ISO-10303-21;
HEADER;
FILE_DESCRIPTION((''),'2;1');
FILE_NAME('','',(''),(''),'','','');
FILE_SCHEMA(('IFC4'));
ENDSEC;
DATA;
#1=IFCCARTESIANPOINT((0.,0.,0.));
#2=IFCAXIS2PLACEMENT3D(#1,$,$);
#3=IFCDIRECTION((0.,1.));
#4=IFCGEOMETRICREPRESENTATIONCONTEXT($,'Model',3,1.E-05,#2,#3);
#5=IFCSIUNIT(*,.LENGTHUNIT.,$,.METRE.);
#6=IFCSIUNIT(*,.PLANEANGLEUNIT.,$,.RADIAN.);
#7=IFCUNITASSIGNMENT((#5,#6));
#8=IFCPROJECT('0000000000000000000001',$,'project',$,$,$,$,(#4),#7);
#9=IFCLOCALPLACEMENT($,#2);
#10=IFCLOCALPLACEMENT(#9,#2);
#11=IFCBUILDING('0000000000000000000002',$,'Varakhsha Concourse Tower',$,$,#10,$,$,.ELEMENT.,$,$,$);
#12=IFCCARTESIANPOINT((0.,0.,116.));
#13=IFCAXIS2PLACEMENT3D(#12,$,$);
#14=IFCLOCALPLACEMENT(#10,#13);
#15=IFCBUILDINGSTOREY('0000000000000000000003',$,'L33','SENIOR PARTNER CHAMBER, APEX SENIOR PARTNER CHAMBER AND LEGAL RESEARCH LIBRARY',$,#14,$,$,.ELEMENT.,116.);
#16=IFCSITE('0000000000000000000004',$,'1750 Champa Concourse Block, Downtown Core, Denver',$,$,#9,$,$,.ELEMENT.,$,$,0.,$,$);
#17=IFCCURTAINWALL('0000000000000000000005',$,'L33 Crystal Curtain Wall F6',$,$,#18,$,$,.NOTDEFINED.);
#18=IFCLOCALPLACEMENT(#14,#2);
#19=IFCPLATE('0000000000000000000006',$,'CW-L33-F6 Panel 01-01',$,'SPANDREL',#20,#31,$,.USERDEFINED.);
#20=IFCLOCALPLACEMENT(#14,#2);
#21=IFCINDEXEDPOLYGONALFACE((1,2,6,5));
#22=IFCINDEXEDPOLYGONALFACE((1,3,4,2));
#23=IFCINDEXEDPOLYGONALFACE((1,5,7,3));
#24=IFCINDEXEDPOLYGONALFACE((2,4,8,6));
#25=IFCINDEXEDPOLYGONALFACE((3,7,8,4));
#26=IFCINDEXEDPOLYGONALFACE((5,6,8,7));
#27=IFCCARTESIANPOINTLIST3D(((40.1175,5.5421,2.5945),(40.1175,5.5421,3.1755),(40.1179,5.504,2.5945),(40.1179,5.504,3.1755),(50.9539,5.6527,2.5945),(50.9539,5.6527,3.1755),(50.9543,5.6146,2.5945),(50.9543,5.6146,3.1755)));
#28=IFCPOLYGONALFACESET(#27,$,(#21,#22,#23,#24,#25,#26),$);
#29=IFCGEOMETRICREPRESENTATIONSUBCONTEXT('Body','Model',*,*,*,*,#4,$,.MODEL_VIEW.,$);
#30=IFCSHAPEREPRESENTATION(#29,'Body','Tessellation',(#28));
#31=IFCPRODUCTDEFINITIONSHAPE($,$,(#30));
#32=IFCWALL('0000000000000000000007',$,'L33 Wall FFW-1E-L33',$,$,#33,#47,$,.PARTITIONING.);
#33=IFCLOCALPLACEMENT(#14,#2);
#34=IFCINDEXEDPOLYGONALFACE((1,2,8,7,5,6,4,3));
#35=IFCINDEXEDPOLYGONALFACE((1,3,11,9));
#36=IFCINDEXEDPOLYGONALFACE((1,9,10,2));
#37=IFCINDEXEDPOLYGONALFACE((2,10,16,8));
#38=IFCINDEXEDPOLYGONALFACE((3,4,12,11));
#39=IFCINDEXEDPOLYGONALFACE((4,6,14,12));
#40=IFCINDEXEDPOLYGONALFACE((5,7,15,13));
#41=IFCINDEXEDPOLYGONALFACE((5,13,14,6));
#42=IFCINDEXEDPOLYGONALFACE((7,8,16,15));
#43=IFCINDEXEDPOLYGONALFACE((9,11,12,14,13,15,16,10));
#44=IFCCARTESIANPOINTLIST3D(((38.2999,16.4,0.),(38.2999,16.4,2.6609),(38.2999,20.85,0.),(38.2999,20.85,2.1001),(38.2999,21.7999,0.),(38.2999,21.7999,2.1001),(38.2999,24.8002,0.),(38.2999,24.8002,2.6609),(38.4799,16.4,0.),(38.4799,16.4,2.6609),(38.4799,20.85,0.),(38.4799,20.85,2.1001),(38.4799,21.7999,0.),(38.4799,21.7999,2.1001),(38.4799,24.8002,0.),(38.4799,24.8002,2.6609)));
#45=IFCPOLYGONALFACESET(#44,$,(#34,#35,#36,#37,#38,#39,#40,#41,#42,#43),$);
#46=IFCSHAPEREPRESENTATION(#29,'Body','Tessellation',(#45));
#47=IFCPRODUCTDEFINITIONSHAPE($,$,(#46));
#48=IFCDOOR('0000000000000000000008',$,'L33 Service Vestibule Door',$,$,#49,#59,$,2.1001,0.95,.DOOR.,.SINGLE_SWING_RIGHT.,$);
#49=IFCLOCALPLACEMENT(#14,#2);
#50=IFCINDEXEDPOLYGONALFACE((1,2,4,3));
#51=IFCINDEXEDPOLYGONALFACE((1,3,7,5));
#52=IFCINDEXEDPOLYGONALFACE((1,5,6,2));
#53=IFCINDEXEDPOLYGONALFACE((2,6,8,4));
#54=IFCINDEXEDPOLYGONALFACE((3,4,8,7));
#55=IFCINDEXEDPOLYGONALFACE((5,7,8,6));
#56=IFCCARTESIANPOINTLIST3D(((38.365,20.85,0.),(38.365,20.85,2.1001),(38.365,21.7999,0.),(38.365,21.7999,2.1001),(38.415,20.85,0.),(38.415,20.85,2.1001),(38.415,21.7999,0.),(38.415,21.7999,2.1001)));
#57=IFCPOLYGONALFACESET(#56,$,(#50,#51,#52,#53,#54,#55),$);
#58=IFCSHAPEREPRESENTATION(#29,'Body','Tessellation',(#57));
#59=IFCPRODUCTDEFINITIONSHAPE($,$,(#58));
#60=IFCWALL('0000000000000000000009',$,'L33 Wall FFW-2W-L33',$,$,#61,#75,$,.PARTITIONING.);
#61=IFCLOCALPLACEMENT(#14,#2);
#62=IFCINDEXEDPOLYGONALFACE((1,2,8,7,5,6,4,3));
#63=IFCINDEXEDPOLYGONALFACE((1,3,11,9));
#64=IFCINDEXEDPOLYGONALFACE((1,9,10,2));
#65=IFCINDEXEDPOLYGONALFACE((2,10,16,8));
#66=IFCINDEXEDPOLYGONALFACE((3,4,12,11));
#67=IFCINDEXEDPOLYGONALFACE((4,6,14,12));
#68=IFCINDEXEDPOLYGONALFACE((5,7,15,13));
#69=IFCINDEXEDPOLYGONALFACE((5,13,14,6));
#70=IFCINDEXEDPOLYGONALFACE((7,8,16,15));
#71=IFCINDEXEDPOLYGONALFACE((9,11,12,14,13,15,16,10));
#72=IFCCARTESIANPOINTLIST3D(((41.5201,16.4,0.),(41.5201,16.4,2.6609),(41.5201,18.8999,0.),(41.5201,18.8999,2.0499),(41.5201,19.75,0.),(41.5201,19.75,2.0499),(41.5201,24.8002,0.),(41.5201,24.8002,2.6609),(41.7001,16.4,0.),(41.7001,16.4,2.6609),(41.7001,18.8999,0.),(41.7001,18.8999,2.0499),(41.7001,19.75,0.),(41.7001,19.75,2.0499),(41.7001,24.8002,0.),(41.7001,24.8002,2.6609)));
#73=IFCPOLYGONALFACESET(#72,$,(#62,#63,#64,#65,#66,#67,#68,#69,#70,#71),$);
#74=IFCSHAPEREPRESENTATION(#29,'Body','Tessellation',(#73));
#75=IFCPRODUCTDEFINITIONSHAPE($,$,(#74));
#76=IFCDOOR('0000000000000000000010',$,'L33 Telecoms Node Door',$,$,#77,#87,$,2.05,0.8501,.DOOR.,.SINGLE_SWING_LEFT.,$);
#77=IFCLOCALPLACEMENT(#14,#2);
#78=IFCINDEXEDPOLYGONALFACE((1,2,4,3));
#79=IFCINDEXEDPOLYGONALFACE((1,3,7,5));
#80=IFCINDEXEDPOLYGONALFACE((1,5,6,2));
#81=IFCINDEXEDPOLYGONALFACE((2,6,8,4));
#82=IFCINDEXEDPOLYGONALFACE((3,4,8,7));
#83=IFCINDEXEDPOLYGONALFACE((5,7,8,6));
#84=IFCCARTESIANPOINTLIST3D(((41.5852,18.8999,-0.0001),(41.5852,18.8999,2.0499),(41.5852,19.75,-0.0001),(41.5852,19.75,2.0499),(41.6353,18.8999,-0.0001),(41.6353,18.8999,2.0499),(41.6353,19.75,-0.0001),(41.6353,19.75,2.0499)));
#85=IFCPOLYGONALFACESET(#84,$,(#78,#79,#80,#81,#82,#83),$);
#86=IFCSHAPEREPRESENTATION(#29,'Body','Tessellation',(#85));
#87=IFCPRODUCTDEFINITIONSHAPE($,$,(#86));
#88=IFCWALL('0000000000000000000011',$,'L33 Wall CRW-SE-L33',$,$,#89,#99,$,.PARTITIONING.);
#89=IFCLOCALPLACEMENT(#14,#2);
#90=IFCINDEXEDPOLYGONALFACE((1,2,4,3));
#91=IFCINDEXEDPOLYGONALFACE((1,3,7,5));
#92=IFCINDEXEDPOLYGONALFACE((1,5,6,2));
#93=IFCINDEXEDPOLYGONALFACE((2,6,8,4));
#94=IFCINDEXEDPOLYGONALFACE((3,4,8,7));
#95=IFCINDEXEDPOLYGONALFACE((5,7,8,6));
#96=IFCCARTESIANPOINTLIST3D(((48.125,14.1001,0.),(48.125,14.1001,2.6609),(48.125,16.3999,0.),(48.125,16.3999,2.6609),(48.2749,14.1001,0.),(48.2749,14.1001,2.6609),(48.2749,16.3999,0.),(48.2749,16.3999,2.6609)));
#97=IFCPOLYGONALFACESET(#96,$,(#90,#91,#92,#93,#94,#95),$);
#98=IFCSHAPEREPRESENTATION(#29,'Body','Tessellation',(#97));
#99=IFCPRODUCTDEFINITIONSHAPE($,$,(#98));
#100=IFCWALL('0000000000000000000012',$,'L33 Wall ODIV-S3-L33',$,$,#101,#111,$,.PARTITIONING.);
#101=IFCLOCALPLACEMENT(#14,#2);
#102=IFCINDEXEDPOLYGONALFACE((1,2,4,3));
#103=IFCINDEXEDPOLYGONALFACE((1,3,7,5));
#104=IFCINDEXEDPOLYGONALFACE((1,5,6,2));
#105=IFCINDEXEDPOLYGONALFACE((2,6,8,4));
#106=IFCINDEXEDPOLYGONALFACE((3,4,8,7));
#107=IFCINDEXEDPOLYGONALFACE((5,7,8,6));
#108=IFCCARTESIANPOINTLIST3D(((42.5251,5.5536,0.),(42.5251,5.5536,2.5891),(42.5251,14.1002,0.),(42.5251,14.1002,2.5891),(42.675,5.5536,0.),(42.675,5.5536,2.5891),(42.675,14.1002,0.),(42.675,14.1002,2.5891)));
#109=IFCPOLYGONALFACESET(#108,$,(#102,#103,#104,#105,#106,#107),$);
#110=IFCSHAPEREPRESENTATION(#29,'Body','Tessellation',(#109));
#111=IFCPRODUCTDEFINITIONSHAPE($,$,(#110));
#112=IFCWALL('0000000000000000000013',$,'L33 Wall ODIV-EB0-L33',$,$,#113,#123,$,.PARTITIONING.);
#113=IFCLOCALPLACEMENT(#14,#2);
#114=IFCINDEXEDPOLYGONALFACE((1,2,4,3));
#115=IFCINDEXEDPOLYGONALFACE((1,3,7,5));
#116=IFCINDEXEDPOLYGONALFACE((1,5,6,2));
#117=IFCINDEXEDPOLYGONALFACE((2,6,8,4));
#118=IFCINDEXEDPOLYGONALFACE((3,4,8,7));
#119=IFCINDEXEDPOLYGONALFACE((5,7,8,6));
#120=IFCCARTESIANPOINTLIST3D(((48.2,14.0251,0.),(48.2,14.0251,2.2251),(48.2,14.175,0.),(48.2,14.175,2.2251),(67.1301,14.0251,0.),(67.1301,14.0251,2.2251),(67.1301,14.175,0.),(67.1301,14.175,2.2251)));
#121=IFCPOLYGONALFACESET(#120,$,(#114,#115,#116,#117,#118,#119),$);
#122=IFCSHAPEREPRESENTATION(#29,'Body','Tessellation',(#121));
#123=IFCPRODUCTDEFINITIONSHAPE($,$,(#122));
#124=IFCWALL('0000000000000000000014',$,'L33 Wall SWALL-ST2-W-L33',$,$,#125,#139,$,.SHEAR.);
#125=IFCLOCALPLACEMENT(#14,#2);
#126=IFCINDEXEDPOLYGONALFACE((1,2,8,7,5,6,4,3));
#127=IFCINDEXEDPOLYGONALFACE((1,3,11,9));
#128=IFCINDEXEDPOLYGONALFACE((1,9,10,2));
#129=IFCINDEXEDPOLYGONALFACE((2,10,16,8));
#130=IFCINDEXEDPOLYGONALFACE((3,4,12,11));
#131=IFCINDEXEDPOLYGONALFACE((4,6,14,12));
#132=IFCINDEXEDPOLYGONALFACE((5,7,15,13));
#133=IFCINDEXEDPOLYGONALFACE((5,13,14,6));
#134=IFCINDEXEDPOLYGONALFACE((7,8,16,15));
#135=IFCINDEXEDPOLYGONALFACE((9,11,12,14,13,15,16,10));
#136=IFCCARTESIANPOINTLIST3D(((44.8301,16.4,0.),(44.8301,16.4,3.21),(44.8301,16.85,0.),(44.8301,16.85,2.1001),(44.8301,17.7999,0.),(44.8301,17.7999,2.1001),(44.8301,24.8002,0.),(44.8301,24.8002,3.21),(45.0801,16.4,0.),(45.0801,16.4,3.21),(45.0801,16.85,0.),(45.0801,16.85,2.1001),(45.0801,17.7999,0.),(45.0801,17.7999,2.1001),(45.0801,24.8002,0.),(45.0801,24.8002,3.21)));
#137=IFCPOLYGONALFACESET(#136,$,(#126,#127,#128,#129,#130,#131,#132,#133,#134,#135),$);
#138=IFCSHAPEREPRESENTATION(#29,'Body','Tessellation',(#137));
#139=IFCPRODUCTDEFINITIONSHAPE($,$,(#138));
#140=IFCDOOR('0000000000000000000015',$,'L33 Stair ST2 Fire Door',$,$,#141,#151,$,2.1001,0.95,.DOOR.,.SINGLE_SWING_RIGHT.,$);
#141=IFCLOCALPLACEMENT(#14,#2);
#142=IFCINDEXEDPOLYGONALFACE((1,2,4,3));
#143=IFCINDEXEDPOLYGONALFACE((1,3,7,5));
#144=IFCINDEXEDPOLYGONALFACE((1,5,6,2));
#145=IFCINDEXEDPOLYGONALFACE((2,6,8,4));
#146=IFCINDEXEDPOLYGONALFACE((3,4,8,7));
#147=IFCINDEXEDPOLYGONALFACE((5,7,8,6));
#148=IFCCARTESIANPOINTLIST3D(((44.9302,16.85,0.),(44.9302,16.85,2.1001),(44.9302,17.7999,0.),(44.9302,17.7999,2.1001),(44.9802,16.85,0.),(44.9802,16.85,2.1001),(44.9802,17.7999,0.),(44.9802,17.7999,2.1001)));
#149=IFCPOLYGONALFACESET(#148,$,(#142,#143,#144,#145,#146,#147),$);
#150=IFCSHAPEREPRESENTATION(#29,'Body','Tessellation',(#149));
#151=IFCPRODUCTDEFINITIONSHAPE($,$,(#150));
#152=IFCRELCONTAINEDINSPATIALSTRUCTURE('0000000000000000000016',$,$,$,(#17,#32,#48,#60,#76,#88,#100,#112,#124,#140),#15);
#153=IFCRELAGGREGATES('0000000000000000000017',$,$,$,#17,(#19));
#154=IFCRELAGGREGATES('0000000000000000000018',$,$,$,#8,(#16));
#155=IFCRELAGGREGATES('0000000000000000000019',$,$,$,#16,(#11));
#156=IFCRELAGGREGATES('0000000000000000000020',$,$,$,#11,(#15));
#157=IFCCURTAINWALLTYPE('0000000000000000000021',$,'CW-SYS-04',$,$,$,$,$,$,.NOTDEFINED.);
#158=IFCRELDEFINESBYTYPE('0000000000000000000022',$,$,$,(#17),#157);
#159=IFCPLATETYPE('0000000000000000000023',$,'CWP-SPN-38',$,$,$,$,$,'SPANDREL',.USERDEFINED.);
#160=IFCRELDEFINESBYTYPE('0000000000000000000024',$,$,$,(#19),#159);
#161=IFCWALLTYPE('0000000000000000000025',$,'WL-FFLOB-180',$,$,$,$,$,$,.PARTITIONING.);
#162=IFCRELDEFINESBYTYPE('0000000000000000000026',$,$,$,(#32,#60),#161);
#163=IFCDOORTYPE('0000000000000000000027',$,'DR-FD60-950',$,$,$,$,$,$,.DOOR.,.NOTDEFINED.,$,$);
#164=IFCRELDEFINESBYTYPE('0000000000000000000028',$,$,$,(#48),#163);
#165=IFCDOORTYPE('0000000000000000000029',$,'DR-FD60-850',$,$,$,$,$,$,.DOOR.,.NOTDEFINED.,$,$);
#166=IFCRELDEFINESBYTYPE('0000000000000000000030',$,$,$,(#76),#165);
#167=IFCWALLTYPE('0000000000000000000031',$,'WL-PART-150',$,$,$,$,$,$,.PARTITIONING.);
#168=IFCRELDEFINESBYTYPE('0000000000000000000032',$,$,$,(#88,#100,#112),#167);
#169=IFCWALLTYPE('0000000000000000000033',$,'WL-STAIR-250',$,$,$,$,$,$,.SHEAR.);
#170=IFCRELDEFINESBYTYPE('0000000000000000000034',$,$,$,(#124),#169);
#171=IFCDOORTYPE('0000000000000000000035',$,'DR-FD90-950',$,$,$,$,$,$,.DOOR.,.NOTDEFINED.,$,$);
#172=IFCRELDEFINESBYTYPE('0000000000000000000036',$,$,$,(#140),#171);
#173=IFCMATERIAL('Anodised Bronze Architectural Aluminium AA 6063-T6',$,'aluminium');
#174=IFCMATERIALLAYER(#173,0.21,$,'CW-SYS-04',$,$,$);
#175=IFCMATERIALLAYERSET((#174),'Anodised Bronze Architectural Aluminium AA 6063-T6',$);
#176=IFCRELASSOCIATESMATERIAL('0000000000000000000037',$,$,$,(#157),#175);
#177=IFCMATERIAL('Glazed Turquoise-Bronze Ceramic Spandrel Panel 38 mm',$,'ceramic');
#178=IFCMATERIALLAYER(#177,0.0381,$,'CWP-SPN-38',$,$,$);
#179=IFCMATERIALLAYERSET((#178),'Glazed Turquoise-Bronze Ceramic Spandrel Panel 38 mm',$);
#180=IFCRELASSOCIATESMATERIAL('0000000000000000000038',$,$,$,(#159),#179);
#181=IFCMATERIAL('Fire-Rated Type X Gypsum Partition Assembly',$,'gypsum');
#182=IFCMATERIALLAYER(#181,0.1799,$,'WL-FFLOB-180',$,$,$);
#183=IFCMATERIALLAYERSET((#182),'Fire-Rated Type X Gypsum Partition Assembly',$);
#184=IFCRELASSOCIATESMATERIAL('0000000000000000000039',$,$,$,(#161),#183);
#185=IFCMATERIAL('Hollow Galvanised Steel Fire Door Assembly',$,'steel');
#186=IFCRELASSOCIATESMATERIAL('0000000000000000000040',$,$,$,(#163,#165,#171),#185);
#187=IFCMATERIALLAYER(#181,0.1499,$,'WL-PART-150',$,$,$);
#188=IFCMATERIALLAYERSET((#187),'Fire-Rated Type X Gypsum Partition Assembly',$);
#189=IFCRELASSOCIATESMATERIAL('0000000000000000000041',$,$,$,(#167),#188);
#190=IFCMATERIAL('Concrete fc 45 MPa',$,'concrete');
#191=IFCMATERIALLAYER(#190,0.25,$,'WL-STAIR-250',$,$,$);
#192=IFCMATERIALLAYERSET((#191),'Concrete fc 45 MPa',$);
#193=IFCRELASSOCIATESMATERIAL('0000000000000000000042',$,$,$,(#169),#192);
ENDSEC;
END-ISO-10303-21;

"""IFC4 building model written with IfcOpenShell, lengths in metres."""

from ifc_helpers import new_model, si_unit, direction, frame, frame_2d, origin, origin_2d, place, context, subcontext, project, spatial, rectangle, extrude, source, transform, mapped, material, layer, layer_set, type_object, type_shapes, element, fill, aggregate, save


model = new_model("IFC4")

# Units and contexts
model_context = context("Model", 3, precision=1e-05, world=origin(), true_north=direction((0.0, 1.0)))
body_context = subcontext(model_context, "Body", "Model", "MODEL_VIEW")
ifc_project = project(units=[si_unit("LENGTHUNIT", "METRE"), si_unit("PLANEANGLEUNIT", "RADIAN")], contexts=[model_context])

# Site, building, storey
site_placement = place(None, origin())
site = spatial("IfcSite", under=ifc_project, at=site_placement, Name="1750 Champa Concourse Block, Downtown Core, Denver", CompositionType="ELEMENT", RefElevation=0.0)
building_placement = place(site_placement, origin())
building = spatial("IfcBuilding", under=site, at=building_placement, Name="Varakhsha Concourse Tower", CompositionType="ELEMENT")
storey_placement = place(building_placement, frame((0.0, 0.0, 116.0)))
storey = spatial("IfcBuildingStorey", under=building, at=storey_placement, Name="L33", Description="SENIOR PARTNER CHAMBER, APEX SENIOR PARTNER CHAMBER AND LEGAL RESEARCH LIBRARY", CompositionType="ELEMENT", Elevation=116.0)

# Shared definitions
ifc_material_1 = material(Name="Anodised Bronze Architectural Aluminium AA 6063-T6", Category="aluminium")
ifc_layer_1 = layer(ifc_material_1, 0.21, Name="CW-SYS-04")
ifc_layer_set_1 = layer_set([ifc_layer_1], Name="Anodised Bronze Architectural Aluminium AA 6063-T6")
curtain_wall_type = type_object("IfcCurtainWallType", Name="CW-SYS-04", PredefinedType="NOTDEFINED", material=ifc_layer_set_1)

# Curtain wall
curtain_wall_1_placement = place(storey_placement, origin())
curtain_wall_1 = element("IfcCurtainWall", 1, at=curtain_wall_1_placement, inside=storey, type_object=curtain_wall_type, Name="L33 Crystal Curtain Wall F6", PredefinedType="NOTDEFINED")

# Plate
ifc_material_2 = material(Name="Glazed Turquoise-Bronze Ceramic Spandrel Panel 38 mm", Category="ceramic")
ifc_layer_2 = layer(ifc_material_2, 0.0381, Name="CWP-SPN-38")
ifc_layer_set_2 = layer_set([ifc_layer_2], Name="Glazed Turquoise-Bronze Ceramic Spandrel Panel 38 mm")
plate_type_1 = type_object("IfcPlateType", Name="CWP-SPN-38", ElementType="SPANDREL", PredefinedType="USERDEFINED", material=ifc_layer_set_2)
shared_shape_1 = source(origin(), body_context, "Body", "SweptSolid", [
    extrude(rectangle(XDim=10.8369, YDim=0.0381, at=origin_2d()), origin(), (0.0, 0.0, 1.0), 0.5811),
])
type_shapes(plate_type_1, [shared_shape_1])
plate_1_placement = place(storey_placement, frame((45.5359, 5.5784, 2.5945), z_axis=(0.0, 0.0, 1.0), x_axis=(-0.999948, -0.010205, 0.0)))
plate_1 = element("IfcPlate", 2, at=plate_1_placement, type_object=plate_type_1, Name="CW-L33-F6 Panel 01-01", ObjectType="SPANDREL", PredefinedType="USERDEFINED", context=body_context, shape_type="MappedRepresentation", body=[
    mapped(shared_shape_1, transform((0.0, 0.0, 0.0), scale=1.0)),
])
aggregate(curtain_wall_1, [plate_1])

# Walls, openings, doors
ifc_material_3 = material(Name="Fire-Rated Type X Gypsum Partition Assembly", Category="gypsum")
ifc_layer_3 = layer(ifc_material_3, 0.1799, Name="WL-FFLOB-180")
ifc_layer_set_3 = layer_set([ifc_layer_3], Name="Fire-Rated Type X Gypsum Partition Assembly")
wall_type_1 = type_object("IfcWallType", Name="WL-FFLOB-180", PredefinedType="PARTITIONING", material=ifc_layer_set_3)
wall_1_placement = place(storey_placement, frame((38.3899, 16.3999, 0.0), z_axis=(0.0, 0.0, 1.0), x_axis=(0.0, 1.0, 0.0)))
wall_1 = element("IfcWall", 3, at=wall_1_placement, inside=storey, type_object=wall_type_1, Name="L33 Wall FFW-1E-L33", PredefinedType="PARTITIONING", context=body_context, shape_type="SweptSolid", body=[
    extrude(rectangle(XDim=8.4001, YDim=0.1799, at=frame_2d((4.2002, 0.0))), origin(), (0.0, 0.0, 1.0), 2.6609),
])
opening_1_placement = place(wall_1_placement, frame((4.45, 0.0, 0.0)))
opening_1 = element("IfcOpeningElement", 4, at=opening_1_placement, cuts=wall_1, PredefinedType="OPENING", context=body_context, shape_type="SweptSolid", body=[
    extrude(rectangle(XDim=0.95, YDim=2.1001, at=frame_2d((0.4751, 1.05))), frame((0.0, 0.0999, 0.0), z_axis=(0.0, -1.0, 0.0), x_axis=(1.0, 0.0, 0.0)), (0.0, 0.0, 1.0), 0.2),
])
ifc_material_4 = material(Name="Hollow Galvanised Steel Fire Door Assembly", Category="steel")
door_type_1 = type_object("IfcDoorType", Name="DR-FD60-950", OperationType="NOTDEFINED", PredefinedType="DOOR", material=ifc_material_4)
door_1_placement = place(opening_1_placement, origin())
door_1 = element("IfcDoor", 5, at=door_1_placement, inside=storey, type_object=door_type_1, Name="L33 Service Vestibule Door", OperationType="SINGLE_SWING_RIGHT", OverallHeight=2.1001, OverallWidth=0.95, PredefinedType="DOOR", context=body_context, shape_type="SweptSolid", body=[
    extrude(rectangle(XDim=0.95, YDim=2.1001, at=frame_2d((0.4751, 1.05))), frame((0.0, 0.0249, 0.0), z_axis=(0.0, -1.0, 0.0), x_axis=(1.0, 0.0, 0.0)), (0.0, 0.0, 1.0), 0.05),
])
fill(opening_1, door_1)
wall_2_placement = place(storey_placement, frame((41.6101, 16.3999, 0.0), z_axis=(0.0, 0.0, 1.0), x_axis=(0.0, 1.0, 0.0)))
wall_2 = element("IfcWall", 6, at=wall_2_placement, inside=storey, type_object=wall_type_1, Name="L33 Wall FFW-2W-L33", PredefinedType="PARTITIONING", context=body_context, shape_type="SweptSolid", body=[
    extrude(rectangle(XDim=8.4001, YDim=0.1799, at=frame_2d((4.2002, 0.0))), origin(), (0.0, 0.0, 1.0), 2.6609),
])
opening_2_placement = place(wall_2_placement, frame((2.5, 0.0, 0.0)))
opening_2 = element("IfcOpeningElement", 7, at=opening_2_placement, cuts=wall_2, PredefinedType="OPENING", context=body_context, shape_type="SweptSolid", body=[
    extrude(rectangle(XDim=0.8501, YDim=2.05, at=frame_2d((0.425, 1.0249))), frame((0.0, 0.0999, 0.0), z_axis=(0.0, -1.0, 0.0), x_axis=(1.0, 0.0, 0.0)), (0.0, 0.0, 1.0), 0.2),
])
door_type_2 = type_object("IfcDoorType", Name="DR-FD60-850", OperationType="NOTDEFINED", PredefinedType="DOOR", material=ifc_material_4)
door_2_placement = place(opening_2_placement, origin())
door_2 = element("IfcDoor", 8, at=door_2_placement, inside=storey, type_object=door_type_2, Name="L33 Telecoms Node Door", OperationType="SINGLE_SWING_LEFT", OverallHeight=2.05, OverallWidth=0.8501, PredefinedType="DOOR", context=body_context, shape_type="SweptSolid", body=[
    extrude(rectangle(XDim=0.8501, YDim=2.05, at=frame_2d((0.425, 1.0249))), frame((0.0, 0.0249, 0.0), z_axis=(0.0, -1.0, 0.0), x_axis=(1.0, 0.0, 0.0)), (0.0, 0.0, 1.0), 0.05),
])
fill(opening_2, door_2)

# Walls
ifc_layer_4 = layer(ifc_material_3, 0.1499, Name="WL-PART-150")
ifc_layer_set_4 = layer_set([ifc_layer_4], Name="Fire-Rated Type X Gypsum Partition Assembly")
wall_type_2 = type_object("IfcWallType", Name="WL-PART-150", PredefinedType="PARTITIONING", material=ifc_layer_set_4)
wall_3_placement = place(storey_placement, frame((48.2, 14.1001, 0.0), z_axis=(0.0, 0.0, 1.0), x_axis=(0.0, 1.0, 0.0)))
element("IfcWall", 9, at=wall_3_placement, inside=storey, type_object=wall_type_2, Name="L33 Wall CRW-SE-L33", PredefinedType="PARTITIONING", context=body_context, shape_type="SweptSolid", body=[
    extrude(rectangle(XDim=2.2998, YDim=0.1499, at=frame_2d((1.1499, 0.0))), origin(), (0.0, 0.0, 1.0), 2.6609),
])
wall_4_placement = place(storey_placement, frame((42.6001, 5.5535, 0.0), z_axis=(0.0, 0.0, 1.0), x_axis=(0.0, 1.0, 0.0)))
element("IfcWall", 10, at=wall_4_placement, inside=storey, type_object=wall_type_2, Name="L33 Wall ODIV-S3-L33", PredefinedType="PARTITIONING", context=body_context, shape_type="SweptSolid", body=[
    extrude(rectangle(XDim=8.5466, YDim=0.1499, at=frame_2d((4.2734, 0.0))), origin(), (0.0, 0.0, 1.0), 2.5891),
])
wall_5_placement = place(storey_placement, frame((48.2, 14.1001, 0.0), z_axis=(0.0, 0.0, 1.0), x_axis=(1.0, 0.0, 0.0)))
element("IfcWall", 11, at=wall_5_placement, inside=storey, type_object=wall_type_2, Name="L33 Wall ODIV-EB0-L33", PredefinedType="PARTITIONING", context=body_context, shape_type="SweptSolid", body=[
    extrude(rectangle(XDim=18.9302, YDim=0.1499, at=frame_2d((9.4651, 0.0))), origin(), (0.0, 0.0, 1.0), 2.2251),
])

# Wall, opening, door
ifc_material_5 = material(Name="Concrete fc 45 MPa", Category="concrete")
ifc_layer_5 = layer(ifc_material_5, 0.25, Name="WL-STAIR-250")
ifc_layer_set_5 = layer_set([ifc_layer_5], Name="Concrete fc 45 MPa")
wall_type_3 = type_object("IfcWallType", Name="WL-STAIR-250", PredefinedType="SHEAR", material=ifc_layer_set_5)
wall_6_placement = place(storey_placement, frame((44.9551, 16.3999, 0.0), z_axis=(0.0, 0.0, 1.0), x_axis=(0.0, 1.0, 0.0)))
wall_6 = element("IfcWall", 12, at=wall_6_placement, inside=storey, type_object=wall_type_3, Name="L33 Wall SWALL-ST2-W-L33", PredefinedType="SHEAR", context=body_context, shape_type="SweptSolid", body=[
    extrude(rectangle(XDim=8.4001, YDim=0.25, at=frame_2d((4.2002, 0.0))), origin(), (0.0, 0.0, 1.0), 3.21),
])
opening_3_placement = place(wall_6_placement, frame((0.45, 0.0, 0.0)))
opening_3 = element("IfcOpeningElement", 13, at=opening_3_placement, cuts=wall_6, PredefinedType="OPENING", context=body_context, shape_type="SweptSolid", body=[
    extrude(rectangle(XDim=0.95, YDim=2.1001, at=frame_2d((0.4751, 1.05))), frame((0.0, 0.135, 0.0), z_axis=(0.0, -1.0, 0.0), x_axis=(1.0, 0.0, 0.0)), (0.0, 0.0, 1.0), 0.27),
])
door_type_3 = type_object("IfcDoorType", Name="DR-FD90-950", OperationType="NOTDEFINED", PredefinedType="DOOR", material=ifc_material_4)
door_3_placement = place(opening_3_placement, origin())
door_3 = element("IfcDoor", 14, at=door_3_placement, inside=storey, type_object=door_type_3, Name="L33 Stair ST2 Fire Door", OperationType="SINGLE_SWING_RIGHT", OverallHeight=2.1001, OverallWidth=0.95, PredefinedType="DOOR", context=body_context, shape_type="SweptSolid", body=[
    extrude(rectangle(XDim=0.95, YDim=2.1001, at=frame_2d((0.4751, 1.05))), frame((0.0, 0.0249, 0.0), z_axis=(0.0, -1.0, 0.0), x_axis=(1.0, 0.0, 0.0)), (0.0, 0.0, 1.0), 0.05),
])
fill(opening_3, door_3)

save(model, "model.ifc")
